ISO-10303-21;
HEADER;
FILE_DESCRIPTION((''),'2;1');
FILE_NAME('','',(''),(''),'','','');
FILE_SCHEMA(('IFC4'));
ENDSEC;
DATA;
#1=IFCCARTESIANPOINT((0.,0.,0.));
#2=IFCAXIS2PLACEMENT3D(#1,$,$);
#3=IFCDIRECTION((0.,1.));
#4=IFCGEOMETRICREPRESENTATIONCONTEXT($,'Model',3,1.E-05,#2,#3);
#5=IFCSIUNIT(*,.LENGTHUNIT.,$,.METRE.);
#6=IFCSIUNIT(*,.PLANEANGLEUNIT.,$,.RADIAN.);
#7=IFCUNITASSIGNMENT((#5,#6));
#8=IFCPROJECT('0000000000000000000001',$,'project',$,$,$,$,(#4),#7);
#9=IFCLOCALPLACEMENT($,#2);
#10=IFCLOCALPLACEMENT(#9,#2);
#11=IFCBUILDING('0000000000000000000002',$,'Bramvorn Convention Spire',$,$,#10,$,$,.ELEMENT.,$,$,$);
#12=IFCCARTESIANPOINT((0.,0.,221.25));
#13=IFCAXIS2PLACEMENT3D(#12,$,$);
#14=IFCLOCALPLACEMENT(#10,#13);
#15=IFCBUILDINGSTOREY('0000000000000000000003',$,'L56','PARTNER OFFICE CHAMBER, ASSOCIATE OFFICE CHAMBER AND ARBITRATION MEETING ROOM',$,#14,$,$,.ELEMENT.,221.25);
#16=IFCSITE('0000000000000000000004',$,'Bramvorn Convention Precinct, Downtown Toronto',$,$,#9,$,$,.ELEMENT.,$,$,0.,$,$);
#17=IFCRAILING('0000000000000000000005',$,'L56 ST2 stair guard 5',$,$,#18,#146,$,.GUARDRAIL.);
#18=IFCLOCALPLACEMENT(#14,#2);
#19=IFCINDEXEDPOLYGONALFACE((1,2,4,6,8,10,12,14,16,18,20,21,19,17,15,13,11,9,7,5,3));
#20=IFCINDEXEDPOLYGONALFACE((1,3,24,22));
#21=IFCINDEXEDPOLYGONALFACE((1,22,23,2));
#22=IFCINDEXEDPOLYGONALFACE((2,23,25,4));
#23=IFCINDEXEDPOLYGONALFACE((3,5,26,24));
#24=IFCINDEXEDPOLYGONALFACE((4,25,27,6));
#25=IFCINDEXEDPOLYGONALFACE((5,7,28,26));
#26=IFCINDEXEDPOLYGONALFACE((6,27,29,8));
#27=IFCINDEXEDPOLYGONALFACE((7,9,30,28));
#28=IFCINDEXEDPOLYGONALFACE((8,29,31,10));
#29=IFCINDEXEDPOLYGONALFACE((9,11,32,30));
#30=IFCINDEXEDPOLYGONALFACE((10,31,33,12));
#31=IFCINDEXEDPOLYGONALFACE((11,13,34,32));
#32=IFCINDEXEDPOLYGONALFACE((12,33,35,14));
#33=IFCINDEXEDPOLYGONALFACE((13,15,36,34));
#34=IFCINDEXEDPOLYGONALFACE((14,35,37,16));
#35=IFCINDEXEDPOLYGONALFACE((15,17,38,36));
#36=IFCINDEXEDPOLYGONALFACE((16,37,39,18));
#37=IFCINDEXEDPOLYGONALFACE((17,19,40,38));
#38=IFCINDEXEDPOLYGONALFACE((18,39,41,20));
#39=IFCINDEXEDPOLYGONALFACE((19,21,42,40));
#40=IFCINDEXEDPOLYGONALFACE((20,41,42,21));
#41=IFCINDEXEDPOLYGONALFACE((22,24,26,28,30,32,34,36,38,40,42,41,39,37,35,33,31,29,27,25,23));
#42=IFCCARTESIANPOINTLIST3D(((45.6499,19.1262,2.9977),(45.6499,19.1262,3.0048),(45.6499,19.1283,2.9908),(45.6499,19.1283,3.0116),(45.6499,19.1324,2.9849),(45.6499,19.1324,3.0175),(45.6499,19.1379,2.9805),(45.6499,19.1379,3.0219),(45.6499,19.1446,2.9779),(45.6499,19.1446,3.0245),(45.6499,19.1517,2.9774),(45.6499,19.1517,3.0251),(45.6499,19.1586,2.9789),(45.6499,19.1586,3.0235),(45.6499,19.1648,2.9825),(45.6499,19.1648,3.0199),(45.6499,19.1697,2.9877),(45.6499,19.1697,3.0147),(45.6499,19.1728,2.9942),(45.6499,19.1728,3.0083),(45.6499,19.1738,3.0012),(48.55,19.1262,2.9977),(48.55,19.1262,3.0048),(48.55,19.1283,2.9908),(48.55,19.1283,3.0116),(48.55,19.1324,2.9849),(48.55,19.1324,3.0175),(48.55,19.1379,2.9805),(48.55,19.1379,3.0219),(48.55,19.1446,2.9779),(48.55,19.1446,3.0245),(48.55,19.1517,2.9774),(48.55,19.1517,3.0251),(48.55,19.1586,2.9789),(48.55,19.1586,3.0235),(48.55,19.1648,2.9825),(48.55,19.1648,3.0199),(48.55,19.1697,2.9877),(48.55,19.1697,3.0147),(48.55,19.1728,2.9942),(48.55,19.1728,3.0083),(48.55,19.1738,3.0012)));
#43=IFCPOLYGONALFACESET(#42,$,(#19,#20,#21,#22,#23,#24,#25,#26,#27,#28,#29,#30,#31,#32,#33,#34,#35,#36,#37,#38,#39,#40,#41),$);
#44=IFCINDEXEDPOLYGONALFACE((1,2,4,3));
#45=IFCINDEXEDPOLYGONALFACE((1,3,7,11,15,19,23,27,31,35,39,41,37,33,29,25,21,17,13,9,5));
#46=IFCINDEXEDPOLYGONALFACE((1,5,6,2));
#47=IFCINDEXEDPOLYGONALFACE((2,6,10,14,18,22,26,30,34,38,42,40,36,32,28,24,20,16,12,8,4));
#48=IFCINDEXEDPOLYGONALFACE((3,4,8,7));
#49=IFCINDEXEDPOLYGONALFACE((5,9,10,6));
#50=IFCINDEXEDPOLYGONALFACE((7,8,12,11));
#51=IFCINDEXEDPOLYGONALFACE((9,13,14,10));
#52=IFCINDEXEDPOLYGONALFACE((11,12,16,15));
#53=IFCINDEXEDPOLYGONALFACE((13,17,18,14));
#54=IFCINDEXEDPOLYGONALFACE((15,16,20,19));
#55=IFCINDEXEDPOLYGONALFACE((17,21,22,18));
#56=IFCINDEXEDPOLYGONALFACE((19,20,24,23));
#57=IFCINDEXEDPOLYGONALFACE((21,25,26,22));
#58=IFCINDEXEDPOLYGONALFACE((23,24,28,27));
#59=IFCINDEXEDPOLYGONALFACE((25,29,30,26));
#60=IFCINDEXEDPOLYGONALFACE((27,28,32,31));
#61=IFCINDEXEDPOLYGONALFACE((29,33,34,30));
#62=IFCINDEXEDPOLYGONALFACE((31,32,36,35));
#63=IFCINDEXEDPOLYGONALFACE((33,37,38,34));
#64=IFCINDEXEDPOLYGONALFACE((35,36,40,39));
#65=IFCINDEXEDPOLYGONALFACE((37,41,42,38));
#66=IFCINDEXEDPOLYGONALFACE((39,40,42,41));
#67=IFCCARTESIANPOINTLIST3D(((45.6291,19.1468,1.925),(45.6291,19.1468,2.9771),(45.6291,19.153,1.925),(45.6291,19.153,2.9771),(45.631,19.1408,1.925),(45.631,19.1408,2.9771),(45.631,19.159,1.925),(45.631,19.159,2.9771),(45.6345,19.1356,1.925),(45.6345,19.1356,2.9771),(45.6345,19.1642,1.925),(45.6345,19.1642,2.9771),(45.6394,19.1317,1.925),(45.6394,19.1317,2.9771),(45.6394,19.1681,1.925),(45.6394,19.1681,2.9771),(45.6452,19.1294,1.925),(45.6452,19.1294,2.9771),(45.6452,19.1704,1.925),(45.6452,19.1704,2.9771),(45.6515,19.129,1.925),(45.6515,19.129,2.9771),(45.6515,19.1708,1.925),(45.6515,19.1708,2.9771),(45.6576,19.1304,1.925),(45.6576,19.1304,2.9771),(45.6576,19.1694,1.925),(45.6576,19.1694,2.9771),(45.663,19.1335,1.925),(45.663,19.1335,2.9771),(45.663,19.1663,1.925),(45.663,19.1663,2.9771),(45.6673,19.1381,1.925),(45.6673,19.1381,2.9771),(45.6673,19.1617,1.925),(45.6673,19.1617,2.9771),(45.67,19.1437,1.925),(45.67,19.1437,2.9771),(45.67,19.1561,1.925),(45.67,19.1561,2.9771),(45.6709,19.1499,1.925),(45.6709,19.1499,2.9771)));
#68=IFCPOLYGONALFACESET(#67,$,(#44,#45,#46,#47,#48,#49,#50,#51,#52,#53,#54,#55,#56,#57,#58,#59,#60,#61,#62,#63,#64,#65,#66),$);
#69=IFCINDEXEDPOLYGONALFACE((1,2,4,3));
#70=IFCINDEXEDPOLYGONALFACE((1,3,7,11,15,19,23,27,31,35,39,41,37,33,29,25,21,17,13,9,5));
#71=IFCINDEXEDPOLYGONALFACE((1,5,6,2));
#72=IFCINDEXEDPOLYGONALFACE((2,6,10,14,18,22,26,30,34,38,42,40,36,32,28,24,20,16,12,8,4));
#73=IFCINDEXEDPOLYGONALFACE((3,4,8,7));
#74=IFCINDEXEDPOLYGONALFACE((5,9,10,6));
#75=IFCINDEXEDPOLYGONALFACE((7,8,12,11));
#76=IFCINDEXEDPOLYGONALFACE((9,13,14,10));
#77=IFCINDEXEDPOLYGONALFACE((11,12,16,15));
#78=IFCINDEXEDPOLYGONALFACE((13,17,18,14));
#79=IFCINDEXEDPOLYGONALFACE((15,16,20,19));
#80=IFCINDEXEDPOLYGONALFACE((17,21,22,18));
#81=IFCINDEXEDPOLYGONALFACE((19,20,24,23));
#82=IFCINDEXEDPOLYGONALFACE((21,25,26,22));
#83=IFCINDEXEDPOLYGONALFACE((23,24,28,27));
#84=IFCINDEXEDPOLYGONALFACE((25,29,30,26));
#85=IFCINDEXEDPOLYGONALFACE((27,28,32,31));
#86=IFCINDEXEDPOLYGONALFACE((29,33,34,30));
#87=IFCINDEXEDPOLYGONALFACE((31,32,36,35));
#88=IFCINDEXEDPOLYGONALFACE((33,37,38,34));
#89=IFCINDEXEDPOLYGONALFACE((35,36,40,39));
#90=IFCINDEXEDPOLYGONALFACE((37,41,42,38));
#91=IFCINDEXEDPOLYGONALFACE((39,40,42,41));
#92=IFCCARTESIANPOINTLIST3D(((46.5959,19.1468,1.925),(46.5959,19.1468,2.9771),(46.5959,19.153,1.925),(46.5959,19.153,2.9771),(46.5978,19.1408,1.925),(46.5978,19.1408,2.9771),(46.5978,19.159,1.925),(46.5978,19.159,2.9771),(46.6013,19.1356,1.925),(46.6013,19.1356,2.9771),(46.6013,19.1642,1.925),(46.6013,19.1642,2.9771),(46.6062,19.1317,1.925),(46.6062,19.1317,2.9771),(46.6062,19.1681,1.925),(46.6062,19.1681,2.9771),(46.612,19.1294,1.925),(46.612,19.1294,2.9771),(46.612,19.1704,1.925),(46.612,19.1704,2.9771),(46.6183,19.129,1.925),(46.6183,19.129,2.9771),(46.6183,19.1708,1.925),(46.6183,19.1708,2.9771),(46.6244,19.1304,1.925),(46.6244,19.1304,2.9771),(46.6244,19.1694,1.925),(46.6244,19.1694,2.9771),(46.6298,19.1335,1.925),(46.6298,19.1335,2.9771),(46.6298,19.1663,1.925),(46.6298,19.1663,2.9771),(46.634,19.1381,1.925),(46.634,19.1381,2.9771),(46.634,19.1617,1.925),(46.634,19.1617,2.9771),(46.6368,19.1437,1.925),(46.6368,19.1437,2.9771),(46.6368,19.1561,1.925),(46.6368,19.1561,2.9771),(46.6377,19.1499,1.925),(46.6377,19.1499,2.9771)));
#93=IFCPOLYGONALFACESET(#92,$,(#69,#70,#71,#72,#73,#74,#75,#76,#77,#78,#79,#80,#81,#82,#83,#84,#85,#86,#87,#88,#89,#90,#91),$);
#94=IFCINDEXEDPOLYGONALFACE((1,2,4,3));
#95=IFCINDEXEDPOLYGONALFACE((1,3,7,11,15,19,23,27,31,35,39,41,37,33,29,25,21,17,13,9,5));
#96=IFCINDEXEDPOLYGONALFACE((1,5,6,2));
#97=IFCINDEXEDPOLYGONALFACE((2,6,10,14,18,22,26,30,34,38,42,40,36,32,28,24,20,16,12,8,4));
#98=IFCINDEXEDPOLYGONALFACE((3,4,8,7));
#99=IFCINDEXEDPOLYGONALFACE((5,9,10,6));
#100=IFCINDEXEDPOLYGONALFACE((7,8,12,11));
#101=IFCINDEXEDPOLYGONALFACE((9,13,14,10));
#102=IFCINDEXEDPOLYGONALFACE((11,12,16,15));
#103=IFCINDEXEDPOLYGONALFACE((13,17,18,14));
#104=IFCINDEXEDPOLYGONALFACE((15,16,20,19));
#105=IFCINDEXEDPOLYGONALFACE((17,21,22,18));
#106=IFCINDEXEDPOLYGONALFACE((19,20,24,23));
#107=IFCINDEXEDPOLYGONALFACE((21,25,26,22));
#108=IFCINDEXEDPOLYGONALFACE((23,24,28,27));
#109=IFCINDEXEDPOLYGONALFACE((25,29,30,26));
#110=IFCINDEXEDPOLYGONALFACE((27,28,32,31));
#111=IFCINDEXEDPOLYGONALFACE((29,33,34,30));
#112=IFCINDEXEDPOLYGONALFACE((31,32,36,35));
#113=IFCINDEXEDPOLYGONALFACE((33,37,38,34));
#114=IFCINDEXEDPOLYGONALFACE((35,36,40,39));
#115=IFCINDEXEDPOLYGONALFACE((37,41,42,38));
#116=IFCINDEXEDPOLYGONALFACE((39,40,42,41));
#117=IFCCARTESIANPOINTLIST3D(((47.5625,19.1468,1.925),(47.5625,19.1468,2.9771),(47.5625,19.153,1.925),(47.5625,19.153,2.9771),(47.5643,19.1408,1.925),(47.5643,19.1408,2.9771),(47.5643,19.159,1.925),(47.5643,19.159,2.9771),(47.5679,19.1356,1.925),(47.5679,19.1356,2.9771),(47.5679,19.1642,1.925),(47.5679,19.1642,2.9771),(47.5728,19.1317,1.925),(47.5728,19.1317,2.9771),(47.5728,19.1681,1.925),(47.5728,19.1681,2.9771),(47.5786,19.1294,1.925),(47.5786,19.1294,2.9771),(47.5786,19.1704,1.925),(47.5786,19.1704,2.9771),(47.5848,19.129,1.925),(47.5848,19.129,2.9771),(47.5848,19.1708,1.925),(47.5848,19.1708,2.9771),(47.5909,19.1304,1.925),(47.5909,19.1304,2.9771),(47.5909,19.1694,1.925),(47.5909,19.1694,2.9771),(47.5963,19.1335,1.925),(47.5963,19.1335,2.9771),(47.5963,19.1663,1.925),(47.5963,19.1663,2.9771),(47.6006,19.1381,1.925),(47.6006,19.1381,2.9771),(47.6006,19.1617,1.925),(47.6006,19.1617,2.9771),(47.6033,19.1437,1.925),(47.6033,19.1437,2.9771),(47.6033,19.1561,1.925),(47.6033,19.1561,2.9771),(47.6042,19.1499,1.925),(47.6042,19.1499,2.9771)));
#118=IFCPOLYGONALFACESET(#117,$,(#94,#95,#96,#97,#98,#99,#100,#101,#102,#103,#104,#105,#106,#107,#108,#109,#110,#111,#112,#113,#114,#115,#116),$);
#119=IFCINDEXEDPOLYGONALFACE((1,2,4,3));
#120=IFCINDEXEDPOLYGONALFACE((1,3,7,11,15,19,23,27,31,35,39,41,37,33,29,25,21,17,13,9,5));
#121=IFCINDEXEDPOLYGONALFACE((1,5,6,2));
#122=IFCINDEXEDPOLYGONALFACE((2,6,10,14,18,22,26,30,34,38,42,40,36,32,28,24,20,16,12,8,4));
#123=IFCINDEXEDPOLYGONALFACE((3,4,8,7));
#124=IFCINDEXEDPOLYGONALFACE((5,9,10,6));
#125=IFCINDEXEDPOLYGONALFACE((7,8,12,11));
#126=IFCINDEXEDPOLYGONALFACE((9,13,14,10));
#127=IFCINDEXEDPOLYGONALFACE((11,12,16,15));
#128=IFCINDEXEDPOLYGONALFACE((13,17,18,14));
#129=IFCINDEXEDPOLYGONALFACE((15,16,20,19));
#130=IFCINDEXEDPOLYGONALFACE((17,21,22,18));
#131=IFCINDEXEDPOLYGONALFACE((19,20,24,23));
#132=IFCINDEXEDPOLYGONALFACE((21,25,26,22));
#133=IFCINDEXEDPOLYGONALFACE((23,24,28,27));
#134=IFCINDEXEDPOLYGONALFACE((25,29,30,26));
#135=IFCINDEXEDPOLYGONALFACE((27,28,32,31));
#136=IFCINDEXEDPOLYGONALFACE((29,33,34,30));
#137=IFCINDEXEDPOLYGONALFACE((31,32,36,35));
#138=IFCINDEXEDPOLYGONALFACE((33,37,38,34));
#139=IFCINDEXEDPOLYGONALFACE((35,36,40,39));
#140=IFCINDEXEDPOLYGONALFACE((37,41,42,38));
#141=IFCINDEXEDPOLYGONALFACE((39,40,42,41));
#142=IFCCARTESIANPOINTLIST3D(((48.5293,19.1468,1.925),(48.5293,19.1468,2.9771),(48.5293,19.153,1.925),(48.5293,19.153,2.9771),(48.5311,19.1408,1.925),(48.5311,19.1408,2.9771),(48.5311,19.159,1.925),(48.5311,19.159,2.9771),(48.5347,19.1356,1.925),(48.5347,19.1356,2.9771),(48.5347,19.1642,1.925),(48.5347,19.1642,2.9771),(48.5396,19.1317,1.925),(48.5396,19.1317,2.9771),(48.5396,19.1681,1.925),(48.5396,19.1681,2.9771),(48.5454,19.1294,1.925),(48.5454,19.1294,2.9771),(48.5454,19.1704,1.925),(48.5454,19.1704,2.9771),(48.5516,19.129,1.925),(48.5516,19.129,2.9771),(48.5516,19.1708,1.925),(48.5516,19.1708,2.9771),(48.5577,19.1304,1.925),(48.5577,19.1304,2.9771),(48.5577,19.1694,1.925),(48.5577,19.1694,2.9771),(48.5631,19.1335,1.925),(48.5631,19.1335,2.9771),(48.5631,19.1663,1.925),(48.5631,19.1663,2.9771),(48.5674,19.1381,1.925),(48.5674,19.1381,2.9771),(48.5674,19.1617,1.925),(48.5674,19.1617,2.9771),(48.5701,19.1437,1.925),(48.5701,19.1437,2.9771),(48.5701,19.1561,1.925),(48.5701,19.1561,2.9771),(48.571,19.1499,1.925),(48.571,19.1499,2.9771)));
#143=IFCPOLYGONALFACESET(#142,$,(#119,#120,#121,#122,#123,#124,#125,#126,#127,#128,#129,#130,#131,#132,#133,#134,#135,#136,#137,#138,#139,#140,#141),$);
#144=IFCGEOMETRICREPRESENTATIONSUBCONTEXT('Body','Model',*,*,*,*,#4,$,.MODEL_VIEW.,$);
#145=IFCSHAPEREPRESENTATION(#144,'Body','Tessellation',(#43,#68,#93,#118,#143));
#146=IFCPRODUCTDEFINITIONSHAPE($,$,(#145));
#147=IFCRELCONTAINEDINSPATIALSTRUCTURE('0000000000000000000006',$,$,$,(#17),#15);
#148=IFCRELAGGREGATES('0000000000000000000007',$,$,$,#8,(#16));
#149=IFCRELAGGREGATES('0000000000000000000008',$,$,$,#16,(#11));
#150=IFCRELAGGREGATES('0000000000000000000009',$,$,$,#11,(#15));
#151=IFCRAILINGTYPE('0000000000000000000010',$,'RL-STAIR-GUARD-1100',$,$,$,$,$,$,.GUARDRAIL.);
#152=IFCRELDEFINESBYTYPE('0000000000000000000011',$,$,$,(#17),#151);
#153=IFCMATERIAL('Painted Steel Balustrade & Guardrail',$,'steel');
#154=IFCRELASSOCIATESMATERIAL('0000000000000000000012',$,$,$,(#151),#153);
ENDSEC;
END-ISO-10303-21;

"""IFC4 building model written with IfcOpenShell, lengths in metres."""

from ifc_helpers import new_model, si_unit, direction, frame, origin, origin_2d, place, context, subcontext, project, spatial, circle, extrude, material, type_object, element, save


model = new_model("IFC4")

# Units and contexts
model_context = context("Model", 3, precision=1e-05, world=origin(), true_north=direction((0.0, 1.0)))
body_context = subcontext(model_context, "Body", "Model", "MODEL_VIEW")
ifc_project = project(units=[si_unit("LENGTHUNIT", "METRE"), si_unit("PLANEANGLEUNIT", "RADIAN")], contexts=[model_context])

# Site, building, storey
site_placement = place(None, origin())
site = spatial("IfcSite", under=ifc_project, at=site_placement, Name="Bramvorn Convention Precinct, Downtown Toronto", CompositionType="ELEMENT", RefElevation=0.0)
building_placement = place(site_placement, origin())
building = spatial("IfcBuilding", under=site, at=building_placement, Name="Bramvorn Convention Spire", CompositionType="ELEMENT")
storey_placement = place(building_placement, frame((0.0, 0.0, 221.25)))
storey = spatial("IfcBuildingStorey", under=building, at=storey_placement, Name="L56", Description="PARTNER OFFICE CHAMBER, ASSOCIATE OFFICE CHAMBER AND ARBITRATION MEETING ROOM", CompositionType="ELEMENT", Elevation=221.25)

# Railing
ifc_material_1 = material(Name="Painted Steel Balustrade & Guardrail", Category="steel")
railing_type = type_object("IfcRailingType", Name="RL-STAIR-GUARD-1100", PredefinedType="GUARDRAIL", material=ifc_material_1)
railing_1_placement = place(storey_placement, frame((45.6499, 19.1499, 1.925)))
element("IfcRailing", 1, at=railing_1_placement, inside=storey, type_object=railing_type, Name="L56 ST2 stair guard 5", PredefinedType="GUARDRAIL", context=body_context, shape_type="SweptSolid", body=[
    extrude(circle(Radius=0.0239, at=origin_2d()), frame((0.0, 0.0, 1.0762), z_axis=(1.0, 0.0, 0.0), x_axis=(0.0, 1.0, 0.0)), (0.0, 0.0, 1.0), 2.9001),
    extrude(circle(Radius=0.021, at=origin_2d()), origin(), (0.0, 0.0, 1.0), 1.052),
    extrude(circle(Radius=0.021, at=origin_2d()), frame((0.9668, 0.0, 0.0)), (0.0, 0.0, 1.0), 1.052),
    extrude(circle(Radius=0.021, at=origin_2d()), frame((1.9333, 0.0, 0.0)), (0.0, 0.0, 1.0), 1.052),
    extrude(circle(Radius=0.021, at=origin_2d()), frame((2.9001, 0.0, 0.0)), (0.0, 0.0, 1.0), 1.052),
])

save(model, "model.ifc")
